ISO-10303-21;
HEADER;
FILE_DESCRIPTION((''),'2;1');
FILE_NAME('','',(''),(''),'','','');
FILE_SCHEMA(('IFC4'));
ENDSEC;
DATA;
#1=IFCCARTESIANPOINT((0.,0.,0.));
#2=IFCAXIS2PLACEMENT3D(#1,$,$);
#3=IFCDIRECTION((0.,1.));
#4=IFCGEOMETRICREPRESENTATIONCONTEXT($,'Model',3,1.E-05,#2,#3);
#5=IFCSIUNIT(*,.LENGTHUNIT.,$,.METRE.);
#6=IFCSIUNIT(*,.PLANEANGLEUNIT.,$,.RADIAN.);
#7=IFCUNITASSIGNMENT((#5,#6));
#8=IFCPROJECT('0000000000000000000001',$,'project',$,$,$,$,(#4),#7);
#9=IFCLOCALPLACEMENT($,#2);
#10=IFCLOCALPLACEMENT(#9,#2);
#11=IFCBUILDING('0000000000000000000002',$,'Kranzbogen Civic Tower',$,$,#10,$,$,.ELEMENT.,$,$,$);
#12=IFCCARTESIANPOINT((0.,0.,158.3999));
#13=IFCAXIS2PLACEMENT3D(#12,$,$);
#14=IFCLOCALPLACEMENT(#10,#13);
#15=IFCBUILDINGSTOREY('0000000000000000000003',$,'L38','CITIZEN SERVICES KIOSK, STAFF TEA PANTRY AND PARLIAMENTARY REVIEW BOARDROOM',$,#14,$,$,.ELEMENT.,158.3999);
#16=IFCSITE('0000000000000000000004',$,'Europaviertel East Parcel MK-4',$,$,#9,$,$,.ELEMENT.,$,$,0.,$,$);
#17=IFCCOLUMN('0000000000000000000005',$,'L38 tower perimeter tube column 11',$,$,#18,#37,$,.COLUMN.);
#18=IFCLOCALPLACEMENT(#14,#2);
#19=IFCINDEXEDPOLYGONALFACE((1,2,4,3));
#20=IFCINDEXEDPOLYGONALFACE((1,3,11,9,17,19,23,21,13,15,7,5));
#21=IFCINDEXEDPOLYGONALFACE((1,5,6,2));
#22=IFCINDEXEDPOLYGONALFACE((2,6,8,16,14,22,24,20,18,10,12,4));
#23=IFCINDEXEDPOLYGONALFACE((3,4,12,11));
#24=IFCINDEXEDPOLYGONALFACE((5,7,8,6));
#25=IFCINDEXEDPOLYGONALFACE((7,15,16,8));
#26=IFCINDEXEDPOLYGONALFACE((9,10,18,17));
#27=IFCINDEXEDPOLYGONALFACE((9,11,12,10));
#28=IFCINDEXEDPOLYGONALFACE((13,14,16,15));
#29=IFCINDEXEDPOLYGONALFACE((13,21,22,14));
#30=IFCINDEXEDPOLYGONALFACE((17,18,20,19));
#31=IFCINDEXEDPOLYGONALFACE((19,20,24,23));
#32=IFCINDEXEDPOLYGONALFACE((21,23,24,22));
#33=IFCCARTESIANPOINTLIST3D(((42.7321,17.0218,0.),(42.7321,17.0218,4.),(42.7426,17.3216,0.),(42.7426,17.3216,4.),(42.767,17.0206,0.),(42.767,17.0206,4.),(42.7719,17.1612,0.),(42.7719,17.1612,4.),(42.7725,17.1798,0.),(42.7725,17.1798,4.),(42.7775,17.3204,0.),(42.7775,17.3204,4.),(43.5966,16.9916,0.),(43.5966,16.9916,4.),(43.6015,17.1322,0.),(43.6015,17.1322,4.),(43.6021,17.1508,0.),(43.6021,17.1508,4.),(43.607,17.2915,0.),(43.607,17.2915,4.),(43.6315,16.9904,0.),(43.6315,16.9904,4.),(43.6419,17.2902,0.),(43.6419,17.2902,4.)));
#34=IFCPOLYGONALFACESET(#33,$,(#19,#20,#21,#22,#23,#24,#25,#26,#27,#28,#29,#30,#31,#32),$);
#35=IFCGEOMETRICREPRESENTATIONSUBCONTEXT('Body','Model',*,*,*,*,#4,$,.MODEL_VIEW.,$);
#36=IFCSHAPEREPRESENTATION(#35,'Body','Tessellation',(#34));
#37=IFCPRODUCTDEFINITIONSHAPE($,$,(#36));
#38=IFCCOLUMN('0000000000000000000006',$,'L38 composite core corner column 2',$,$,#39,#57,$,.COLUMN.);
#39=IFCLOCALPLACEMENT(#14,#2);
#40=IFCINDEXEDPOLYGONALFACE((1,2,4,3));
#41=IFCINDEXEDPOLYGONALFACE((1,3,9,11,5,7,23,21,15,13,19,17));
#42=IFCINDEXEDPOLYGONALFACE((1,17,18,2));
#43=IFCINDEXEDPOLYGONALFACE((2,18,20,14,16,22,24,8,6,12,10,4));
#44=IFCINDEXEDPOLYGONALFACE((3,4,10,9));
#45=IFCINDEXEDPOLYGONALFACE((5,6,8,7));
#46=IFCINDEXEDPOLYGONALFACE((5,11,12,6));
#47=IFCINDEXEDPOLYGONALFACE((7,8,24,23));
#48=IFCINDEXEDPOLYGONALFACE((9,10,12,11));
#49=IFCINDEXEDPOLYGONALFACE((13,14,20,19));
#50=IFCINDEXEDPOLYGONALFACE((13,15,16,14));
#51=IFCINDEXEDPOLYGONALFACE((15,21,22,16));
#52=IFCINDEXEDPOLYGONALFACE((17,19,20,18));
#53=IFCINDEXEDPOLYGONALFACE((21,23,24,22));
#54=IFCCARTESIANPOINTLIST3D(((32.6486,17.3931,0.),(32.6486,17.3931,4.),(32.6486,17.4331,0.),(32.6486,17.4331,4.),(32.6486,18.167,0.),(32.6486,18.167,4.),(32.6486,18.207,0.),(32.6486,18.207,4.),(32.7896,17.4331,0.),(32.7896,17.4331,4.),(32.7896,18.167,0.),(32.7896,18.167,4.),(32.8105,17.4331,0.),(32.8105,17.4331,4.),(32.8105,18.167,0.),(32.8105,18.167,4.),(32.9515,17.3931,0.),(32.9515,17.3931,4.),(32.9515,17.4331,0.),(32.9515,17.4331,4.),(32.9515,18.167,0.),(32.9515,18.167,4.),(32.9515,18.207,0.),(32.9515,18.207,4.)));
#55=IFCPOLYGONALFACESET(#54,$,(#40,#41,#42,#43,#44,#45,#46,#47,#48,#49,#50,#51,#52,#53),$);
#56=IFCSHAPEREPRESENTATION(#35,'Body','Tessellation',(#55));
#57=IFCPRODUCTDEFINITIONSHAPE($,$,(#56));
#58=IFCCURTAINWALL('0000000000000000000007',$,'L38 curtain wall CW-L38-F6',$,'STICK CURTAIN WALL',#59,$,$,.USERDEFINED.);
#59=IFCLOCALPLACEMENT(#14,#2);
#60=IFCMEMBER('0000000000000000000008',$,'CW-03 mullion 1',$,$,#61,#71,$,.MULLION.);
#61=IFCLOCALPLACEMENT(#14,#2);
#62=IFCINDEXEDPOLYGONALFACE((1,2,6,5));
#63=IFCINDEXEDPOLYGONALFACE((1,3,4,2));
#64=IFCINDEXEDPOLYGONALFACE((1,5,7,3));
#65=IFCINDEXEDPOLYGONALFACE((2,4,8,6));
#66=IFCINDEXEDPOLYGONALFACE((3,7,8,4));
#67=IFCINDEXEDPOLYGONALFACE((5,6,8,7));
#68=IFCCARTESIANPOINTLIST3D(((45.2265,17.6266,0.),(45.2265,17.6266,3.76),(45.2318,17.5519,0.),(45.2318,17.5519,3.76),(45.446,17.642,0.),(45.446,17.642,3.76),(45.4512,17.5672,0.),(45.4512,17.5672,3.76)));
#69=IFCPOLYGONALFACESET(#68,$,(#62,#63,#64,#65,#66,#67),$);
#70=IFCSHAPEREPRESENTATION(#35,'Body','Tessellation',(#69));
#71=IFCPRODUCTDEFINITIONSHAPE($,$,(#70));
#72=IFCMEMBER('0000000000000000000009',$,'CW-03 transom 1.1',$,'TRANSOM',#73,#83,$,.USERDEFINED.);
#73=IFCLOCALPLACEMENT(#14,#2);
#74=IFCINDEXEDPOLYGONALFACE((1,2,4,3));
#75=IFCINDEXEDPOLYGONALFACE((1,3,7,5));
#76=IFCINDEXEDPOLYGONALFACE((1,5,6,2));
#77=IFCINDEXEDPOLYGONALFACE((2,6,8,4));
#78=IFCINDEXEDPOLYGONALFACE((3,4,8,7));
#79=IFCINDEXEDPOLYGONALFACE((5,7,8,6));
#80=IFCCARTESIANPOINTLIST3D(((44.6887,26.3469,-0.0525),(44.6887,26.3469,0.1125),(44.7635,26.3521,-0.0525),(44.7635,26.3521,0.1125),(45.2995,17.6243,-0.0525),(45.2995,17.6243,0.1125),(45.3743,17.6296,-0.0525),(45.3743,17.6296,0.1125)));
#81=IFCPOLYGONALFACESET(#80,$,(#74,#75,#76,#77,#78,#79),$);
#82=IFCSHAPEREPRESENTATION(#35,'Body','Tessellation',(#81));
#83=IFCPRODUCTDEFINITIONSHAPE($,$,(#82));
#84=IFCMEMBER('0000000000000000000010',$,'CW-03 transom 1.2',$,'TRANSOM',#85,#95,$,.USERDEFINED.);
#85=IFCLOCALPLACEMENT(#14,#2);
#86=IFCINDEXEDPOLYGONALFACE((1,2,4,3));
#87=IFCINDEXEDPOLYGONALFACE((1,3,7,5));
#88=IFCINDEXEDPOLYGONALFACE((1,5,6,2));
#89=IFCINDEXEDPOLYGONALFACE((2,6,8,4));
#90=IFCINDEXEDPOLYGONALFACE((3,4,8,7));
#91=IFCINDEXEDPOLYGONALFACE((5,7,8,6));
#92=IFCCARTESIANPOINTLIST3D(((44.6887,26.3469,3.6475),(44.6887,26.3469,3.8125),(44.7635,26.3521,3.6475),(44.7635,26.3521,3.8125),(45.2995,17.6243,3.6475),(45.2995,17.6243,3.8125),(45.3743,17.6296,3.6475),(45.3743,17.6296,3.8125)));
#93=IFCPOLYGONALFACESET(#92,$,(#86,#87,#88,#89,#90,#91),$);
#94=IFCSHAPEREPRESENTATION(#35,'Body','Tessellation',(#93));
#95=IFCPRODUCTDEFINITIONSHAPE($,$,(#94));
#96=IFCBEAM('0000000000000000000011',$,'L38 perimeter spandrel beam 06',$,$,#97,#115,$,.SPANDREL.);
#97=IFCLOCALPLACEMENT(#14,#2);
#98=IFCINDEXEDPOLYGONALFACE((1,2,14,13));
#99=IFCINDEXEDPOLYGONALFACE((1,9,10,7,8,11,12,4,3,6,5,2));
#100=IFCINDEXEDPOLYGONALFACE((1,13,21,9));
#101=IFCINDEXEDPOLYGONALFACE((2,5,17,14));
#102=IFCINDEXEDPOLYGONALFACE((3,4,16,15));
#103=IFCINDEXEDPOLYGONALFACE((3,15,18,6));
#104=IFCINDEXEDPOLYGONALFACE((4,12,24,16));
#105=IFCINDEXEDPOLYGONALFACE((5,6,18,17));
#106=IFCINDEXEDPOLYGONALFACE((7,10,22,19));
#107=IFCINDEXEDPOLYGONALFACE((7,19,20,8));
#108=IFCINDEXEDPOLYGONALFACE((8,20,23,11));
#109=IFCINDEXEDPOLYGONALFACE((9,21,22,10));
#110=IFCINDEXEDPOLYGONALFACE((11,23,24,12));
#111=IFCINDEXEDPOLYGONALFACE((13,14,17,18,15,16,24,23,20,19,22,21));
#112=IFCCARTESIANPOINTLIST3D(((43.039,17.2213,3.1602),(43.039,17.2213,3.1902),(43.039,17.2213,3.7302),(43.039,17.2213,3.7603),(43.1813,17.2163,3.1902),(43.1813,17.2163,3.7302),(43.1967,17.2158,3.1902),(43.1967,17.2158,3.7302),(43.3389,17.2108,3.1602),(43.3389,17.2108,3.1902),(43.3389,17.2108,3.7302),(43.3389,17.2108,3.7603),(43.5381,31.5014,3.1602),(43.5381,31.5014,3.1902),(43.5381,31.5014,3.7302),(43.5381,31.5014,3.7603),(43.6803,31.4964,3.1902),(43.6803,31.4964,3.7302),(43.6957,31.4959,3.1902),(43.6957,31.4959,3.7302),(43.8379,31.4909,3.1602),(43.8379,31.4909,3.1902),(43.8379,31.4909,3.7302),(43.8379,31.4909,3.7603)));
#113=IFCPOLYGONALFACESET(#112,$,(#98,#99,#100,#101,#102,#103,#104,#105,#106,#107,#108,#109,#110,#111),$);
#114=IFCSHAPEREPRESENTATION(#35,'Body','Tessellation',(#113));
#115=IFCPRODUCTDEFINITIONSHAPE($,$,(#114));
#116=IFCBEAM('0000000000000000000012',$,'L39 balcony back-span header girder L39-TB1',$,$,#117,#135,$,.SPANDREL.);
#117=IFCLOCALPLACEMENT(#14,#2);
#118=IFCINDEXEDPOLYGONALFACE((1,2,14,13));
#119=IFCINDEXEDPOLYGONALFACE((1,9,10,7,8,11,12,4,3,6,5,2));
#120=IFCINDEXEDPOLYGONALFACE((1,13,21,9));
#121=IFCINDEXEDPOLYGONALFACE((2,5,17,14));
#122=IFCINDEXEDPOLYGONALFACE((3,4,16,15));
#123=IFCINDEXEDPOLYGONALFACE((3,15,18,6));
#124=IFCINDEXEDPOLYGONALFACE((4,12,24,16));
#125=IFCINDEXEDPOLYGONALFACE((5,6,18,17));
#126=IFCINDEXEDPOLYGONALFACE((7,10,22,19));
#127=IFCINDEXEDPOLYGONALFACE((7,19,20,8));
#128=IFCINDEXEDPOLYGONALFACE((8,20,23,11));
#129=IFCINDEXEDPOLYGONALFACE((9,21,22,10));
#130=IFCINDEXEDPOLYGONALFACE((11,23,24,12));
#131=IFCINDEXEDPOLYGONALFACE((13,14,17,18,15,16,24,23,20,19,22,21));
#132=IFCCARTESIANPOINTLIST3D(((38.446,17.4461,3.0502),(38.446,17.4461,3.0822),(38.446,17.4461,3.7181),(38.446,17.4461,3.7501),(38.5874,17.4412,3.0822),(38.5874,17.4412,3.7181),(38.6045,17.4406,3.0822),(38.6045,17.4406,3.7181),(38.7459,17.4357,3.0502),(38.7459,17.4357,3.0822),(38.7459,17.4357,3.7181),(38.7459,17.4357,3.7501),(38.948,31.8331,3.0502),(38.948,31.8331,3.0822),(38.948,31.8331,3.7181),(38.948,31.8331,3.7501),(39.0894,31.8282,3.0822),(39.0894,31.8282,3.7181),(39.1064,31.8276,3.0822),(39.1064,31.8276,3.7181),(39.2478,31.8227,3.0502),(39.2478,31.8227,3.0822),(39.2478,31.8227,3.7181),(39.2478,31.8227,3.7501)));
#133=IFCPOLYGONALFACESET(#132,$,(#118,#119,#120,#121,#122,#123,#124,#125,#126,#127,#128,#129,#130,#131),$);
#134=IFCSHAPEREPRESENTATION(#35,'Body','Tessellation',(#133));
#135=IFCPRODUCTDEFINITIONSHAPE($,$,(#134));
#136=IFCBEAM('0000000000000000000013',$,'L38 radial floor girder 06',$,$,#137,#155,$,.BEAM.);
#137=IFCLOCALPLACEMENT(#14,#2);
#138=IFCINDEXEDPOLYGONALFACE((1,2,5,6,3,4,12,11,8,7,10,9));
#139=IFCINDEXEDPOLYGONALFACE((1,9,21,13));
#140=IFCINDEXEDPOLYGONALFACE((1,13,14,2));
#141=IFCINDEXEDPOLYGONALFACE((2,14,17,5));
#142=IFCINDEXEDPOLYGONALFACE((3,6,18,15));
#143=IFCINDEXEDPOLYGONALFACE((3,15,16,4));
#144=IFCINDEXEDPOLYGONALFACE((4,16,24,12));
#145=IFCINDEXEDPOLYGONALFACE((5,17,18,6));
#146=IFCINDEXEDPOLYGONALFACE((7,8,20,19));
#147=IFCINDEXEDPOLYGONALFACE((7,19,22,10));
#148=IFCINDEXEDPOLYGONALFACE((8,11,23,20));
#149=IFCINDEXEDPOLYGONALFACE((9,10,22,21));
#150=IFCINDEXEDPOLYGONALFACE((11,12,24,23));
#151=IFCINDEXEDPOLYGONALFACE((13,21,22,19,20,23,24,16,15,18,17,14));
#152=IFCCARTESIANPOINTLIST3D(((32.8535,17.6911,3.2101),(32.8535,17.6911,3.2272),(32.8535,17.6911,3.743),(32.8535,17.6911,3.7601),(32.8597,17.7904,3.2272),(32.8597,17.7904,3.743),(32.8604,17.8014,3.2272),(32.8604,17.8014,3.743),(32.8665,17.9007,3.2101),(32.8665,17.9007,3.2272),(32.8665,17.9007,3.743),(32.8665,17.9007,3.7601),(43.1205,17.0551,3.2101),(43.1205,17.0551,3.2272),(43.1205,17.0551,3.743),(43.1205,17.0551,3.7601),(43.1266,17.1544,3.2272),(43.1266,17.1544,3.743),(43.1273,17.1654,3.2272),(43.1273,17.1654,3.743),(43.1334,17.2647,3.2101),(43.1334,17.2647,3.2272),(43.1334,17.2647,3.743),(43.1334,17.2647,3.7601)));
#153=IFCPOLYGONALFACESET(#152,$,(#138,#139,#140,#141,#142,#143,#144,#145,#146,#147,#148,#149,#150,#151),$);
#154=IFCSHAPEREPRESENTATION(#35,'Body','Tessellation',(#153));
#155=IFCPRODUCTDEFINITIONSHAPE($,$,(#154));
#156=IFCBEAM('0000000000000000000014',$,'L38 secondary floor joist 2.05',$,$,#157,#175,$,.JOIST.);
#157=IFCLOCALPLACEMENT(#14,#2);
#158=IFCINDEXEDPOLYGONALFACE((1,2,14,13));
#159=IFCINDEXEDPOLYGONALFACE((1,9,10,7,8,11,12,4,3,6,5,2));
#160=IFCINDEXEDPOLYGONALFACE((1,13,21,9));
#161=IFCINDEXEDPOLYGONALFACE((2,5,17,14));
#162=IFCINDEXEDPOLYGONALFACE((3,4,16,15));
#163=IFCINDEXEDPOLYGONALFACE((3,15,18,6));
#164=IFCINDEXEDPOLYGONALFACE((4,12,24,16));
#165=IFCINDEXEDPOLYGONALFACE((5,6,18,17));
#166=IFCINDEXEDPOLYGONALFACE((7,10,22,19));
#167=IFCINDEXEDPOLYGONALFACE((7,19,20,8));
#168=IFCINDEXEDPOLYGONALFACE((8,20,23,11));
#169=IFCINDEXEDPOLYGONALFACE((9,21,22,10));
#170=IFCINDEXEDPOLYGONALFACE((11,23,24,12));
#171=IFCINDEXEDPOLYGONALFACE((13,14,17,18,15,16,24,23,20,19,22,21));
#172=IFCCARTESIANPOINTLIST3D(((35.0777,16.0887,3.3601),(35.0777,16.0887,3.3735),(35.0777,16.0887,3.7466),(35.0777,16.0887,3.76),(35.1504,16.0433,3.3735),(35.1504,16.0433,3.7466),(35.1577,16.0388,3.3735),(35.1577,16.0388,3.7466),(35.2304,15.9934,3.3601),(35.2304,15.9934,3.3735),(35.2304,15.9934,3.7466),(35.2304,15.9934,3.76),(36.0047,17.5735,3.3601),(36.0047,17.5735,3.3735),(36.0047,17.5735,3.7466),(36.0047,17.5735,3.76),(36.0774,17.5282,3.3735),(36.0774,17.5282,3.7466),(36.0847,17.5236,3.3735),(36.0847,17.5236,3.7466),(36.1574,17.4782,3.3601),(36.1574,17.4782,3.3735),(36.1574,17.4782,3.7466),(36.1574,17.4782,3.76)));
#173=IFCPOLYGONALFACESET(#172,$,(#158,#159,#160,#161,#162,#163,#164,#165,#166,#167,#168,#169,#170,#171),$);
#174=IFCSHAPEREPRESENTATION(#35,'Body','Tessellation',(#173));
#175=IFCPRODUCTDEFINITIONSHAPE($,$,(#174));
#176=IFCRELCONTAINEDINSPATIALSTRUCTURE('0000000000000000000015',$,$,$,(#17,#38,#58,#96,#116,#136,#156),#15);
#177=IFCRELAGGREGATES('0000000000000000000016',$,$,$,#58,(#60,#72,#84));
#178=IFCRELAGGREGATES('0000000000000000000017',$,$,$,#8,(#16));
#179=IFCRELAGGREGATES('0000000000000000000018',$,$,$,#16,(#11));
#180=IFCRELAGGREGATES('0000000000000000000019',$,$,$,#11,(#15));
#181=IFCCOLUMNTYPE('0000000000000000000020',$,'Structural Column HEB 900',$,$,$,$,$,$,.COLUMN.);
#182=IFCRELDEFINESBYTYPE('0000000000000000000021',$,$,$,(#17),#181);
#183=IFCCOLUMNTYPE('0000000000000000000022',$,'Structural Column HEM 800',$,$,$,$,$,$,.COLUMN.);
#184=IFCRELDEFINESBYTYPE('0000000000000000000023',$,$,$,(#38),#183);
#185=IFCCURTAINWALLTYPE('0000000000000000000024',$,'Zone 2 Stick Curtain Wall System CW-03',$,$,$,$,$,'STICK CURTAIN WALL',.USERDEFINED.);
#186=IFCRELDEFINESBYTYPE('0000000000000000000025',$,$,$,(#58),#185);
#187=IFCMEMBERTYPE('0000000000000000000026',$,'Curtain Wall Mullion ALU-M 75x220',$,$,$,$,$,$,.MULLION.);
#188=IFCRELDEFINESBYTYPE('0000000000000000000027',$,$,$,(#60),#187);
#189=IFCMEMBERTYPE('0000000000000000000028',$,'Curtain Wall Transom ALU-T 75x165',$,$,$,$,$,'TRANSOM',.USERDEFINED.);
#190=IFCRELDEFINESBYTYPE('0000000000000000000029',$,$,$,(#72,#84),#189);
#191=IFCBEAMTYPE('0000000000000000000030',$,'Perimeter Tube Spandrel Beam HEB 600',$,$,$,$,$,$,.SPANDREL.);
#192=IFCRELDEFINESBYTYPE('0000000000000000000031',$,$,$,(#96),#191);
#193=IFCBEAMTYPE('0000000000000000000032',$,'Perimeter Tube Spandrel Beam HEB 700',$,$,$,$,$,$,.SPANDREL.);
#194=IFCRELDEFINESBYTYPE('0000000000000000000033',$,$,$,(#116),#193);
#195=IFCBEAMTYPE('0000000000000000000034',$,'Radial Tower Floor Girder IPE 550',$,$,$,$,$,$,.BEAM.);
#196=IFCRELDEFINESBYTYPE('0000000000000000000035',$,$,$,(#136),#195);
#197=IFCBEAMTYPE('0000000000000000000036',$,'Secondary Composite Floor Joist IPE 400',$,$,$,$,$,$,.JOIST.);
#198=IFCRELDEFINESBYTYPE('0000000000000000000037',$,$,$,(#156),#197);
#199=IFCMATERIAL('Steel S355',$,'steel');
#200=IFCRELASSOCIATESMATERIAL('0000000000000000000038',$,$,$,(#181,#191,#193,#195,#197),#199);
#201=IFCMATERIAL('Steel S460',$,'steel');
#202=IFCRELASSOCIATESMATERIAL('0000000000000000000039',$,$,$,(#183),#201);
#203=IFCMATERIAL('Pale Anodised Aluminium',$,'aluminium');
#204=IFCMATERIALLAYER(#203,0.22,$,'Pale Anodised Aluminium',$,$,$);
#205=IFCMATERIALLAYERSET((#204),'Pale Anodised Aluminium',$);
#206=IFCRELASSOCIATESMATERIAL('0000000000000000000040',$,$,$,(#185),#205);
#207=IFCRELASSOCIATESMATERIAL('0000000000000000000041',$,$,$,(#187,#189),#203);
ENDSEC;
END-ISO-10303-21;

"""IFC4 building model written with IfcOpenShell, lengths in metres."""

from ifc_helpers import new_model, si_unit, direction, frame, origin, origin_2d, place, context, subcontext, project, spatial, rectangle, i_section, extrude, material, layer, layer_set, material_profile, profile_set, type_object, element, aggregate, save


model = new_model("IFC4")

# Units and contexts
model_context = context("Model", 3, precision=1e-05, world=origin(), true_north=direction((0.0, 1.0)))
body_context = subcontext(model_context, "Body", "Model", "MODEL_VIEW")
ifc_project = project(units=[si_unit("LENGTHUNIT", "METRE"), si_unit("PLANEANGLEUNIT", "RADIAN")], contexts=[model_context])

# Site, building, storey
site_placement = place(None, origin())
site = spatial("IfcSite", under=ifc_project, at=site_placement, Name="Europaviertel East Parcel MK-4", CompositionType="ELEMENT", RefElevation=0.0)
building_placement = place(site_placement, origin())
building = spatial("IfcBuilding", under=site, at=building_placement, Name="Kranzbogen Civic Tower", CompositionType="ELEMENT")
storey_placement = place(building_placement, frame((0.0, 0.0, 158.3999)))
storey = spatial("IfcBuildingStorey", under=building, at=storey_placement, Name="L38", Description="CITIZEN SERVICES KIOSK, STAFF TEA PANTRY AND PARLIAMENTARY REVIEW BOARDROOM", CompositionType="ELEMENT", Elevation=158.3999)

# Columns
ifc_material_1 = material(Name="Steel S355", Category="steel")
ifc_material_profile_1 = material_profile(ifc_material_1, i_section(OverallWidth=0.3, OverallDepth=0.8999, WebThickness=0.0186, FlangeThickness=0.0349, at=origin_2d()), Name="HEB 900")
ifc_profile_set_1 = profile_set([ifc_material_profile_1], Name="Steel S355")
column_type_1 = type_object("IfcColumnType", Name="Structural Column HEB 900", PredefinedType="COLUMN", material=ifc_profile_set_1)
column_1_placement = place(storey_placement, frame((43.187, 17.156, 0.0), z_axis=(0.0, 0.0, 1.0), x_axis=(0.034899, 0.999391, 0.0)))
element("IfcColumn", 1, at=column_1_placement, inside=storey, type_object=column_type_1, Name="L38 tower perimeter tube column 11", PredefinedType="COLUMN", context=body_context, shape_type="SweptSolid", body=[
    extrude(i_section(OverallWidth=0.3, OverallDepth=0.8999, WebThickness=0.0186, FlangeThickness=0.0349, at=origin_2d()), origin(), (0.0, 0.0, 1.0), 4.0),
])
ifc_material_2 = material(Name="Steel S460", Category="steel")
ifc_material_profile_2 = material_profile(ifc_material_2, i_section(OverallWidth=0.303, OverallDepth=0.814, WebThickness=0.021, FlangeThickness=0.04, at=origin_2d()), Name="HEM 800")
ifc_profile_set_2 = profile_set([ifc_material_profile_2], Name="Steel S460")
column_type_2 = type_object("IfcColumnType", Name="Structural Column HEM 800", PredefinedType="COLUMN", material=ifc_profile_set_2)
column_2_placement = place(storey_placement, frame((32.8, 17.8, 0.0), z_axis=(0.0, 0.0, 1.0), x_axis=(1.0, 0.0, 0.0)))
element("IfcColumn", 2, at=column_2_placement, inside=storey, type_object=column_type_2, Name="L38 composite core corner column 2", PredefinedType="COLUMN", context=body_context, shape_type="SweptSolid", body=[
    extrude(i_section(OverallWidth=0.303, OverallDepth=0.814, WebThickness=0.021, FlangeThickness=0.04, at=origin_2d()), origin(), (0.0, 0.0, 1.0), 4.0),
])

# Curtain wall, members
ifc_material_3 = material(Name="Pale Anodised Aluminium", Category="aluminium")
ifc_layer_1 = layer(ifc_material_3, 0.22, Name="Pale Anodised Aluminium")
ifc_layer_set_1 = layer_set([ifc_layer_1], Name="Pale Anodised Aluminium")
curtain_wall_type = type_object("IfcCurtainWallType", Name="Zone 2 Stick Curtain Wall System CW-03", ElementType="STICK CURTAIN WALL", PredefinedType="USERDEFINED", material=ifc_layer_set_1)
curtain_wall_placement = place(storey_placement, origin())
curtain_wall = element("IfcCurtainWall", 3, at=curtain_wall_placement, inside=storey, type_object=curtain_wall_type, Name="L38 curtain wall CW-L38-F6", ObjectType="STICK CURTAIN WALL", PredefinedType="USERDEFINED")
ifc_material_profile_3 = material_profile(ifc_material_3, rectangle(XDim=0.075, YDim=0.22, at=origin_2d()), Name="ALU-M 75x220")
ifc_profile_set_3 = profile_set([ifc_material_profile_3], Name="Pale Anodised Aluminium")
member_type_1 = type_object("IfcMemberType", Name="Curtain Wall Mullion ALU-M 75x220", PredefinedType="MULLION", material=ifc_profile_set_3)
member_1_placement = place(storey_placement, frame((45.3389, 17.5969, 0.0), z_axis=(0.0, 0.0, 1.0), x_axis=(-0.069843, 0.997558, 0.0)))
member_1 = element("IfcMember", 4, at=member_1_placement, type_object=member_type_1, Name="CW-03 mullion 1", PredefinedType="MULLION", context=body_context, shape_type="SweptSolid", body=[
    extrude(rectangle(XDim=0.075, YDim=0.22, at=origin_2d()), origin(), (0.0, 0.0, 1.0), 3.76),
])
ifc_material_profile_4 = material_profile(ifc_material_3, rectangle(XDim=0.075, YDim=0.165, at=origin_2d()), Name="ALU-T 75x165")
ifc_profile_set_4 = profile_set([ifc_material_profile_4], Name="Pale Anodised Aluminium")
member_type_2 = type_object("IfcMemberType", Name="Curtain Wall Transom ALU-T 75x165", ElementType="TRANSOM", PredefinedType="USERDEFINED", material=ifc_profile_set_4)
member_2_placement = place(storey_placement, frame((45.3369, 17.627, 0.03), z_axis=(-0.069858, 0.997557, 0.0), x_axis=(-0.997557, -0.069858, 0.0)))
member_2 = element("IfcMember", 5, at=member_2_placement, type_object=member_type_2, Name="CW-03 transom 1.1", ObjectType="TRANSOM", PredefinedType="USERDEFINED", context=body_context, shape_type="SweptSolid", body=[
    extrude(rectangle(XDim=0.075, YDim=0.165, at=origin_2d()), origin(), (0.0, 0.0, 1.0), 8.7439),
])
member_3_placement = place(storey_placement, frame((45.3369, 17.627, 3.73), z_axis=(-0.069858, 0.997557, 0.0), x_axis=(-0.997557, -0.069858, 0.0)))
member_3 = element("IfcMember", 6, at=member_3_placement, type_object=member_type_2, Name="CW-03 transom 1.2", ObjectType="TRANSOM", PredefinedType="USERDEFINED", context=body_context, shape_type="SweptSolid", body=[
    extrude(rectangle(XDim=0.075, YDim=0.165, at=origin_2d()), origin(), (0.0, 0.0, 1.0), 8.7439),
])

# Beams
ifc_material_profile_5 = material_profile(ifc_material_1, i_section(OverallWidth=0.3, OverallDepth=0.6001, WebThickness=0.0154, FlangeThickness=0.03, at=origin_2d()), Name="HEB 600")
ifc_profile_set_5 = profile_set([ifc_material_profile_5], Name="Steel S355")
beam_type_1 = type_object("IfcBeamType", Name="Perimeter Tube Spandrel Beam HEB 600", PredefinedType="SPANDREL", material=ifc_profile_set_5)
beam_1_placement = place(storey_placement, frame((43.189, 17.2161, 3.4602), z_axis=(0.034924, 0.99939, 0.0), x_axis=(-0.99939, 0.034924, 0.0)))
element("IfcBeam", 7, at=beam_1_placement, inside=storey, type_object=beam_type_1, Name="L38 perimeter spandrel beam 06", PredefinedType="SPANDREL", context=body_context, shape_type="SweptSolid", body=[
    extrude(i_section(OverallWidth=0.3, OverallDepth=0.6001, WebThickness=0.0154, FlangeThickness=0.03, at=origin_2d()), origin(), (0.0, 0.0, 1.0), 14.2888),
])
ifc_material_profile_6 = material_profile(ifc_material_1, i_section(OverallWidth=0.3, OverallDepth=0.7, WebThickness=0.0171, FlangeThickness=0.032, at=origin_2d()), Name="HEB 700")
ifc_profile_set_6 = profile_set([ifc_material_profile_6], Name="Steel S355")
beam_type_2 = type_object("IfcBeamType", Name="Perimeter Tube Spandrel Beam HEB 700", PredefinedType="SPANDREL", material=ifc_profile_set_6)
beam_2_placement = place(storey_placement, frame((38.5959, 17.4409, 3.4001), z_axis=(0.034868, 0.999392, 0.0), x_axis=(-0.999392, 0.034868, 0.0)))
element("IfcBeam", 8, at=beam_2_placement, inside=storey, type_object=beam_type_2, Name="L39 balcony back-span header girder L39-TB1", PredefinedType="SPANDREL", context=body_context, shape_type="SweptSolid", body=[
    extrude(i_section(OverallWidth=0.3, OverallDepth=0.7, WebThickness=0.0171, FlangeThickness=0.032, at=origin_2d()), origin(), (0.0, 0.0, 1.0), 14.3958),
])
ifc_material_profile_7 = material_profile(ifc_material_1, i_section(OverallWidth=0.21, OverallDepth=0.55, WebThickness=0.011, FlangeThickness=0.0171, at=origin_2d()), Name="IPE 550")
ifc_profile_set_7 = profile_set([ifc_material_profile_7], Name="Steel S355")
beam_type_3 = type_object("IfcBeamType", Name="Radial Tower Floor Girder IPE 550", PredefinedType="BEAM", material=ifc_profile_set_7)
beam_3_placement = place(storey_placement, frame((43.127, 17.1599, 3.4851), z_axis=(-0.998087, 0.061827, 0.0), x_axis=(-0.061827, -0.998087, 0.0)))
element("IfcBeam", 9, at=beam_3_placement, inside=storey, type_object=beam_type_3, Name="L38 radial floor girder 06", PredefinedType="BEAM", context=body_context, shape_type="SweptSolid", body=[
    extrude(i_section(OverallWidth=0.21, OverallDepth=0.55, WebThickness=0.011, FlangeThickness=0.0171, at=origin_2d()), origin(), (0.0, 0.0, 1.0), 10.2866),
])
ifc_material_profile_8 = material_profile(ifc_material_1, i_section(OverallWidth=0.1799, OverallDepth=0.3999, WebThickness=0.0085, FlangeThickness=0.0134, at=origin_2d()), Name="IPE 400")
ifc_profile_set_8 = profile_set([ifc_material_profile_8], Name="Steel S355")
beam_type_4 = type_object("IfcBeamType", Name="Secondary Composite Floor Joist IPE 400", PredefinedType="JOIST", material=ifc_profile_set_8)
beam_4_placement = place(storey_placement, frame((35.1541, 16.041, 3.5601), z_axis=(0.529573, 0.848265, 0.0), x_axis=(-0.848265, 0.529573, 0.0)))
element("IfcBeam", 10, at=beam_4_placement, inside=storey, type_object=beam_type_4, Name="L38 secondary floor joist 2.05", PredefinedType="JOIST", context=body_context, shape_type="SweptSolid", body=[
    extrude(i_section(OverallWidth=0.1799, OverallDepth=0.3999, WebThickness=0.0085, FlangeThickness=0.0134, at=origin_2d()), origin(), (0.0, 0.0, 1.0), 1.7505),
])

aggregate(curtain_wall, [member_1, member_2, member_3])

save(model, "model.ifc")
